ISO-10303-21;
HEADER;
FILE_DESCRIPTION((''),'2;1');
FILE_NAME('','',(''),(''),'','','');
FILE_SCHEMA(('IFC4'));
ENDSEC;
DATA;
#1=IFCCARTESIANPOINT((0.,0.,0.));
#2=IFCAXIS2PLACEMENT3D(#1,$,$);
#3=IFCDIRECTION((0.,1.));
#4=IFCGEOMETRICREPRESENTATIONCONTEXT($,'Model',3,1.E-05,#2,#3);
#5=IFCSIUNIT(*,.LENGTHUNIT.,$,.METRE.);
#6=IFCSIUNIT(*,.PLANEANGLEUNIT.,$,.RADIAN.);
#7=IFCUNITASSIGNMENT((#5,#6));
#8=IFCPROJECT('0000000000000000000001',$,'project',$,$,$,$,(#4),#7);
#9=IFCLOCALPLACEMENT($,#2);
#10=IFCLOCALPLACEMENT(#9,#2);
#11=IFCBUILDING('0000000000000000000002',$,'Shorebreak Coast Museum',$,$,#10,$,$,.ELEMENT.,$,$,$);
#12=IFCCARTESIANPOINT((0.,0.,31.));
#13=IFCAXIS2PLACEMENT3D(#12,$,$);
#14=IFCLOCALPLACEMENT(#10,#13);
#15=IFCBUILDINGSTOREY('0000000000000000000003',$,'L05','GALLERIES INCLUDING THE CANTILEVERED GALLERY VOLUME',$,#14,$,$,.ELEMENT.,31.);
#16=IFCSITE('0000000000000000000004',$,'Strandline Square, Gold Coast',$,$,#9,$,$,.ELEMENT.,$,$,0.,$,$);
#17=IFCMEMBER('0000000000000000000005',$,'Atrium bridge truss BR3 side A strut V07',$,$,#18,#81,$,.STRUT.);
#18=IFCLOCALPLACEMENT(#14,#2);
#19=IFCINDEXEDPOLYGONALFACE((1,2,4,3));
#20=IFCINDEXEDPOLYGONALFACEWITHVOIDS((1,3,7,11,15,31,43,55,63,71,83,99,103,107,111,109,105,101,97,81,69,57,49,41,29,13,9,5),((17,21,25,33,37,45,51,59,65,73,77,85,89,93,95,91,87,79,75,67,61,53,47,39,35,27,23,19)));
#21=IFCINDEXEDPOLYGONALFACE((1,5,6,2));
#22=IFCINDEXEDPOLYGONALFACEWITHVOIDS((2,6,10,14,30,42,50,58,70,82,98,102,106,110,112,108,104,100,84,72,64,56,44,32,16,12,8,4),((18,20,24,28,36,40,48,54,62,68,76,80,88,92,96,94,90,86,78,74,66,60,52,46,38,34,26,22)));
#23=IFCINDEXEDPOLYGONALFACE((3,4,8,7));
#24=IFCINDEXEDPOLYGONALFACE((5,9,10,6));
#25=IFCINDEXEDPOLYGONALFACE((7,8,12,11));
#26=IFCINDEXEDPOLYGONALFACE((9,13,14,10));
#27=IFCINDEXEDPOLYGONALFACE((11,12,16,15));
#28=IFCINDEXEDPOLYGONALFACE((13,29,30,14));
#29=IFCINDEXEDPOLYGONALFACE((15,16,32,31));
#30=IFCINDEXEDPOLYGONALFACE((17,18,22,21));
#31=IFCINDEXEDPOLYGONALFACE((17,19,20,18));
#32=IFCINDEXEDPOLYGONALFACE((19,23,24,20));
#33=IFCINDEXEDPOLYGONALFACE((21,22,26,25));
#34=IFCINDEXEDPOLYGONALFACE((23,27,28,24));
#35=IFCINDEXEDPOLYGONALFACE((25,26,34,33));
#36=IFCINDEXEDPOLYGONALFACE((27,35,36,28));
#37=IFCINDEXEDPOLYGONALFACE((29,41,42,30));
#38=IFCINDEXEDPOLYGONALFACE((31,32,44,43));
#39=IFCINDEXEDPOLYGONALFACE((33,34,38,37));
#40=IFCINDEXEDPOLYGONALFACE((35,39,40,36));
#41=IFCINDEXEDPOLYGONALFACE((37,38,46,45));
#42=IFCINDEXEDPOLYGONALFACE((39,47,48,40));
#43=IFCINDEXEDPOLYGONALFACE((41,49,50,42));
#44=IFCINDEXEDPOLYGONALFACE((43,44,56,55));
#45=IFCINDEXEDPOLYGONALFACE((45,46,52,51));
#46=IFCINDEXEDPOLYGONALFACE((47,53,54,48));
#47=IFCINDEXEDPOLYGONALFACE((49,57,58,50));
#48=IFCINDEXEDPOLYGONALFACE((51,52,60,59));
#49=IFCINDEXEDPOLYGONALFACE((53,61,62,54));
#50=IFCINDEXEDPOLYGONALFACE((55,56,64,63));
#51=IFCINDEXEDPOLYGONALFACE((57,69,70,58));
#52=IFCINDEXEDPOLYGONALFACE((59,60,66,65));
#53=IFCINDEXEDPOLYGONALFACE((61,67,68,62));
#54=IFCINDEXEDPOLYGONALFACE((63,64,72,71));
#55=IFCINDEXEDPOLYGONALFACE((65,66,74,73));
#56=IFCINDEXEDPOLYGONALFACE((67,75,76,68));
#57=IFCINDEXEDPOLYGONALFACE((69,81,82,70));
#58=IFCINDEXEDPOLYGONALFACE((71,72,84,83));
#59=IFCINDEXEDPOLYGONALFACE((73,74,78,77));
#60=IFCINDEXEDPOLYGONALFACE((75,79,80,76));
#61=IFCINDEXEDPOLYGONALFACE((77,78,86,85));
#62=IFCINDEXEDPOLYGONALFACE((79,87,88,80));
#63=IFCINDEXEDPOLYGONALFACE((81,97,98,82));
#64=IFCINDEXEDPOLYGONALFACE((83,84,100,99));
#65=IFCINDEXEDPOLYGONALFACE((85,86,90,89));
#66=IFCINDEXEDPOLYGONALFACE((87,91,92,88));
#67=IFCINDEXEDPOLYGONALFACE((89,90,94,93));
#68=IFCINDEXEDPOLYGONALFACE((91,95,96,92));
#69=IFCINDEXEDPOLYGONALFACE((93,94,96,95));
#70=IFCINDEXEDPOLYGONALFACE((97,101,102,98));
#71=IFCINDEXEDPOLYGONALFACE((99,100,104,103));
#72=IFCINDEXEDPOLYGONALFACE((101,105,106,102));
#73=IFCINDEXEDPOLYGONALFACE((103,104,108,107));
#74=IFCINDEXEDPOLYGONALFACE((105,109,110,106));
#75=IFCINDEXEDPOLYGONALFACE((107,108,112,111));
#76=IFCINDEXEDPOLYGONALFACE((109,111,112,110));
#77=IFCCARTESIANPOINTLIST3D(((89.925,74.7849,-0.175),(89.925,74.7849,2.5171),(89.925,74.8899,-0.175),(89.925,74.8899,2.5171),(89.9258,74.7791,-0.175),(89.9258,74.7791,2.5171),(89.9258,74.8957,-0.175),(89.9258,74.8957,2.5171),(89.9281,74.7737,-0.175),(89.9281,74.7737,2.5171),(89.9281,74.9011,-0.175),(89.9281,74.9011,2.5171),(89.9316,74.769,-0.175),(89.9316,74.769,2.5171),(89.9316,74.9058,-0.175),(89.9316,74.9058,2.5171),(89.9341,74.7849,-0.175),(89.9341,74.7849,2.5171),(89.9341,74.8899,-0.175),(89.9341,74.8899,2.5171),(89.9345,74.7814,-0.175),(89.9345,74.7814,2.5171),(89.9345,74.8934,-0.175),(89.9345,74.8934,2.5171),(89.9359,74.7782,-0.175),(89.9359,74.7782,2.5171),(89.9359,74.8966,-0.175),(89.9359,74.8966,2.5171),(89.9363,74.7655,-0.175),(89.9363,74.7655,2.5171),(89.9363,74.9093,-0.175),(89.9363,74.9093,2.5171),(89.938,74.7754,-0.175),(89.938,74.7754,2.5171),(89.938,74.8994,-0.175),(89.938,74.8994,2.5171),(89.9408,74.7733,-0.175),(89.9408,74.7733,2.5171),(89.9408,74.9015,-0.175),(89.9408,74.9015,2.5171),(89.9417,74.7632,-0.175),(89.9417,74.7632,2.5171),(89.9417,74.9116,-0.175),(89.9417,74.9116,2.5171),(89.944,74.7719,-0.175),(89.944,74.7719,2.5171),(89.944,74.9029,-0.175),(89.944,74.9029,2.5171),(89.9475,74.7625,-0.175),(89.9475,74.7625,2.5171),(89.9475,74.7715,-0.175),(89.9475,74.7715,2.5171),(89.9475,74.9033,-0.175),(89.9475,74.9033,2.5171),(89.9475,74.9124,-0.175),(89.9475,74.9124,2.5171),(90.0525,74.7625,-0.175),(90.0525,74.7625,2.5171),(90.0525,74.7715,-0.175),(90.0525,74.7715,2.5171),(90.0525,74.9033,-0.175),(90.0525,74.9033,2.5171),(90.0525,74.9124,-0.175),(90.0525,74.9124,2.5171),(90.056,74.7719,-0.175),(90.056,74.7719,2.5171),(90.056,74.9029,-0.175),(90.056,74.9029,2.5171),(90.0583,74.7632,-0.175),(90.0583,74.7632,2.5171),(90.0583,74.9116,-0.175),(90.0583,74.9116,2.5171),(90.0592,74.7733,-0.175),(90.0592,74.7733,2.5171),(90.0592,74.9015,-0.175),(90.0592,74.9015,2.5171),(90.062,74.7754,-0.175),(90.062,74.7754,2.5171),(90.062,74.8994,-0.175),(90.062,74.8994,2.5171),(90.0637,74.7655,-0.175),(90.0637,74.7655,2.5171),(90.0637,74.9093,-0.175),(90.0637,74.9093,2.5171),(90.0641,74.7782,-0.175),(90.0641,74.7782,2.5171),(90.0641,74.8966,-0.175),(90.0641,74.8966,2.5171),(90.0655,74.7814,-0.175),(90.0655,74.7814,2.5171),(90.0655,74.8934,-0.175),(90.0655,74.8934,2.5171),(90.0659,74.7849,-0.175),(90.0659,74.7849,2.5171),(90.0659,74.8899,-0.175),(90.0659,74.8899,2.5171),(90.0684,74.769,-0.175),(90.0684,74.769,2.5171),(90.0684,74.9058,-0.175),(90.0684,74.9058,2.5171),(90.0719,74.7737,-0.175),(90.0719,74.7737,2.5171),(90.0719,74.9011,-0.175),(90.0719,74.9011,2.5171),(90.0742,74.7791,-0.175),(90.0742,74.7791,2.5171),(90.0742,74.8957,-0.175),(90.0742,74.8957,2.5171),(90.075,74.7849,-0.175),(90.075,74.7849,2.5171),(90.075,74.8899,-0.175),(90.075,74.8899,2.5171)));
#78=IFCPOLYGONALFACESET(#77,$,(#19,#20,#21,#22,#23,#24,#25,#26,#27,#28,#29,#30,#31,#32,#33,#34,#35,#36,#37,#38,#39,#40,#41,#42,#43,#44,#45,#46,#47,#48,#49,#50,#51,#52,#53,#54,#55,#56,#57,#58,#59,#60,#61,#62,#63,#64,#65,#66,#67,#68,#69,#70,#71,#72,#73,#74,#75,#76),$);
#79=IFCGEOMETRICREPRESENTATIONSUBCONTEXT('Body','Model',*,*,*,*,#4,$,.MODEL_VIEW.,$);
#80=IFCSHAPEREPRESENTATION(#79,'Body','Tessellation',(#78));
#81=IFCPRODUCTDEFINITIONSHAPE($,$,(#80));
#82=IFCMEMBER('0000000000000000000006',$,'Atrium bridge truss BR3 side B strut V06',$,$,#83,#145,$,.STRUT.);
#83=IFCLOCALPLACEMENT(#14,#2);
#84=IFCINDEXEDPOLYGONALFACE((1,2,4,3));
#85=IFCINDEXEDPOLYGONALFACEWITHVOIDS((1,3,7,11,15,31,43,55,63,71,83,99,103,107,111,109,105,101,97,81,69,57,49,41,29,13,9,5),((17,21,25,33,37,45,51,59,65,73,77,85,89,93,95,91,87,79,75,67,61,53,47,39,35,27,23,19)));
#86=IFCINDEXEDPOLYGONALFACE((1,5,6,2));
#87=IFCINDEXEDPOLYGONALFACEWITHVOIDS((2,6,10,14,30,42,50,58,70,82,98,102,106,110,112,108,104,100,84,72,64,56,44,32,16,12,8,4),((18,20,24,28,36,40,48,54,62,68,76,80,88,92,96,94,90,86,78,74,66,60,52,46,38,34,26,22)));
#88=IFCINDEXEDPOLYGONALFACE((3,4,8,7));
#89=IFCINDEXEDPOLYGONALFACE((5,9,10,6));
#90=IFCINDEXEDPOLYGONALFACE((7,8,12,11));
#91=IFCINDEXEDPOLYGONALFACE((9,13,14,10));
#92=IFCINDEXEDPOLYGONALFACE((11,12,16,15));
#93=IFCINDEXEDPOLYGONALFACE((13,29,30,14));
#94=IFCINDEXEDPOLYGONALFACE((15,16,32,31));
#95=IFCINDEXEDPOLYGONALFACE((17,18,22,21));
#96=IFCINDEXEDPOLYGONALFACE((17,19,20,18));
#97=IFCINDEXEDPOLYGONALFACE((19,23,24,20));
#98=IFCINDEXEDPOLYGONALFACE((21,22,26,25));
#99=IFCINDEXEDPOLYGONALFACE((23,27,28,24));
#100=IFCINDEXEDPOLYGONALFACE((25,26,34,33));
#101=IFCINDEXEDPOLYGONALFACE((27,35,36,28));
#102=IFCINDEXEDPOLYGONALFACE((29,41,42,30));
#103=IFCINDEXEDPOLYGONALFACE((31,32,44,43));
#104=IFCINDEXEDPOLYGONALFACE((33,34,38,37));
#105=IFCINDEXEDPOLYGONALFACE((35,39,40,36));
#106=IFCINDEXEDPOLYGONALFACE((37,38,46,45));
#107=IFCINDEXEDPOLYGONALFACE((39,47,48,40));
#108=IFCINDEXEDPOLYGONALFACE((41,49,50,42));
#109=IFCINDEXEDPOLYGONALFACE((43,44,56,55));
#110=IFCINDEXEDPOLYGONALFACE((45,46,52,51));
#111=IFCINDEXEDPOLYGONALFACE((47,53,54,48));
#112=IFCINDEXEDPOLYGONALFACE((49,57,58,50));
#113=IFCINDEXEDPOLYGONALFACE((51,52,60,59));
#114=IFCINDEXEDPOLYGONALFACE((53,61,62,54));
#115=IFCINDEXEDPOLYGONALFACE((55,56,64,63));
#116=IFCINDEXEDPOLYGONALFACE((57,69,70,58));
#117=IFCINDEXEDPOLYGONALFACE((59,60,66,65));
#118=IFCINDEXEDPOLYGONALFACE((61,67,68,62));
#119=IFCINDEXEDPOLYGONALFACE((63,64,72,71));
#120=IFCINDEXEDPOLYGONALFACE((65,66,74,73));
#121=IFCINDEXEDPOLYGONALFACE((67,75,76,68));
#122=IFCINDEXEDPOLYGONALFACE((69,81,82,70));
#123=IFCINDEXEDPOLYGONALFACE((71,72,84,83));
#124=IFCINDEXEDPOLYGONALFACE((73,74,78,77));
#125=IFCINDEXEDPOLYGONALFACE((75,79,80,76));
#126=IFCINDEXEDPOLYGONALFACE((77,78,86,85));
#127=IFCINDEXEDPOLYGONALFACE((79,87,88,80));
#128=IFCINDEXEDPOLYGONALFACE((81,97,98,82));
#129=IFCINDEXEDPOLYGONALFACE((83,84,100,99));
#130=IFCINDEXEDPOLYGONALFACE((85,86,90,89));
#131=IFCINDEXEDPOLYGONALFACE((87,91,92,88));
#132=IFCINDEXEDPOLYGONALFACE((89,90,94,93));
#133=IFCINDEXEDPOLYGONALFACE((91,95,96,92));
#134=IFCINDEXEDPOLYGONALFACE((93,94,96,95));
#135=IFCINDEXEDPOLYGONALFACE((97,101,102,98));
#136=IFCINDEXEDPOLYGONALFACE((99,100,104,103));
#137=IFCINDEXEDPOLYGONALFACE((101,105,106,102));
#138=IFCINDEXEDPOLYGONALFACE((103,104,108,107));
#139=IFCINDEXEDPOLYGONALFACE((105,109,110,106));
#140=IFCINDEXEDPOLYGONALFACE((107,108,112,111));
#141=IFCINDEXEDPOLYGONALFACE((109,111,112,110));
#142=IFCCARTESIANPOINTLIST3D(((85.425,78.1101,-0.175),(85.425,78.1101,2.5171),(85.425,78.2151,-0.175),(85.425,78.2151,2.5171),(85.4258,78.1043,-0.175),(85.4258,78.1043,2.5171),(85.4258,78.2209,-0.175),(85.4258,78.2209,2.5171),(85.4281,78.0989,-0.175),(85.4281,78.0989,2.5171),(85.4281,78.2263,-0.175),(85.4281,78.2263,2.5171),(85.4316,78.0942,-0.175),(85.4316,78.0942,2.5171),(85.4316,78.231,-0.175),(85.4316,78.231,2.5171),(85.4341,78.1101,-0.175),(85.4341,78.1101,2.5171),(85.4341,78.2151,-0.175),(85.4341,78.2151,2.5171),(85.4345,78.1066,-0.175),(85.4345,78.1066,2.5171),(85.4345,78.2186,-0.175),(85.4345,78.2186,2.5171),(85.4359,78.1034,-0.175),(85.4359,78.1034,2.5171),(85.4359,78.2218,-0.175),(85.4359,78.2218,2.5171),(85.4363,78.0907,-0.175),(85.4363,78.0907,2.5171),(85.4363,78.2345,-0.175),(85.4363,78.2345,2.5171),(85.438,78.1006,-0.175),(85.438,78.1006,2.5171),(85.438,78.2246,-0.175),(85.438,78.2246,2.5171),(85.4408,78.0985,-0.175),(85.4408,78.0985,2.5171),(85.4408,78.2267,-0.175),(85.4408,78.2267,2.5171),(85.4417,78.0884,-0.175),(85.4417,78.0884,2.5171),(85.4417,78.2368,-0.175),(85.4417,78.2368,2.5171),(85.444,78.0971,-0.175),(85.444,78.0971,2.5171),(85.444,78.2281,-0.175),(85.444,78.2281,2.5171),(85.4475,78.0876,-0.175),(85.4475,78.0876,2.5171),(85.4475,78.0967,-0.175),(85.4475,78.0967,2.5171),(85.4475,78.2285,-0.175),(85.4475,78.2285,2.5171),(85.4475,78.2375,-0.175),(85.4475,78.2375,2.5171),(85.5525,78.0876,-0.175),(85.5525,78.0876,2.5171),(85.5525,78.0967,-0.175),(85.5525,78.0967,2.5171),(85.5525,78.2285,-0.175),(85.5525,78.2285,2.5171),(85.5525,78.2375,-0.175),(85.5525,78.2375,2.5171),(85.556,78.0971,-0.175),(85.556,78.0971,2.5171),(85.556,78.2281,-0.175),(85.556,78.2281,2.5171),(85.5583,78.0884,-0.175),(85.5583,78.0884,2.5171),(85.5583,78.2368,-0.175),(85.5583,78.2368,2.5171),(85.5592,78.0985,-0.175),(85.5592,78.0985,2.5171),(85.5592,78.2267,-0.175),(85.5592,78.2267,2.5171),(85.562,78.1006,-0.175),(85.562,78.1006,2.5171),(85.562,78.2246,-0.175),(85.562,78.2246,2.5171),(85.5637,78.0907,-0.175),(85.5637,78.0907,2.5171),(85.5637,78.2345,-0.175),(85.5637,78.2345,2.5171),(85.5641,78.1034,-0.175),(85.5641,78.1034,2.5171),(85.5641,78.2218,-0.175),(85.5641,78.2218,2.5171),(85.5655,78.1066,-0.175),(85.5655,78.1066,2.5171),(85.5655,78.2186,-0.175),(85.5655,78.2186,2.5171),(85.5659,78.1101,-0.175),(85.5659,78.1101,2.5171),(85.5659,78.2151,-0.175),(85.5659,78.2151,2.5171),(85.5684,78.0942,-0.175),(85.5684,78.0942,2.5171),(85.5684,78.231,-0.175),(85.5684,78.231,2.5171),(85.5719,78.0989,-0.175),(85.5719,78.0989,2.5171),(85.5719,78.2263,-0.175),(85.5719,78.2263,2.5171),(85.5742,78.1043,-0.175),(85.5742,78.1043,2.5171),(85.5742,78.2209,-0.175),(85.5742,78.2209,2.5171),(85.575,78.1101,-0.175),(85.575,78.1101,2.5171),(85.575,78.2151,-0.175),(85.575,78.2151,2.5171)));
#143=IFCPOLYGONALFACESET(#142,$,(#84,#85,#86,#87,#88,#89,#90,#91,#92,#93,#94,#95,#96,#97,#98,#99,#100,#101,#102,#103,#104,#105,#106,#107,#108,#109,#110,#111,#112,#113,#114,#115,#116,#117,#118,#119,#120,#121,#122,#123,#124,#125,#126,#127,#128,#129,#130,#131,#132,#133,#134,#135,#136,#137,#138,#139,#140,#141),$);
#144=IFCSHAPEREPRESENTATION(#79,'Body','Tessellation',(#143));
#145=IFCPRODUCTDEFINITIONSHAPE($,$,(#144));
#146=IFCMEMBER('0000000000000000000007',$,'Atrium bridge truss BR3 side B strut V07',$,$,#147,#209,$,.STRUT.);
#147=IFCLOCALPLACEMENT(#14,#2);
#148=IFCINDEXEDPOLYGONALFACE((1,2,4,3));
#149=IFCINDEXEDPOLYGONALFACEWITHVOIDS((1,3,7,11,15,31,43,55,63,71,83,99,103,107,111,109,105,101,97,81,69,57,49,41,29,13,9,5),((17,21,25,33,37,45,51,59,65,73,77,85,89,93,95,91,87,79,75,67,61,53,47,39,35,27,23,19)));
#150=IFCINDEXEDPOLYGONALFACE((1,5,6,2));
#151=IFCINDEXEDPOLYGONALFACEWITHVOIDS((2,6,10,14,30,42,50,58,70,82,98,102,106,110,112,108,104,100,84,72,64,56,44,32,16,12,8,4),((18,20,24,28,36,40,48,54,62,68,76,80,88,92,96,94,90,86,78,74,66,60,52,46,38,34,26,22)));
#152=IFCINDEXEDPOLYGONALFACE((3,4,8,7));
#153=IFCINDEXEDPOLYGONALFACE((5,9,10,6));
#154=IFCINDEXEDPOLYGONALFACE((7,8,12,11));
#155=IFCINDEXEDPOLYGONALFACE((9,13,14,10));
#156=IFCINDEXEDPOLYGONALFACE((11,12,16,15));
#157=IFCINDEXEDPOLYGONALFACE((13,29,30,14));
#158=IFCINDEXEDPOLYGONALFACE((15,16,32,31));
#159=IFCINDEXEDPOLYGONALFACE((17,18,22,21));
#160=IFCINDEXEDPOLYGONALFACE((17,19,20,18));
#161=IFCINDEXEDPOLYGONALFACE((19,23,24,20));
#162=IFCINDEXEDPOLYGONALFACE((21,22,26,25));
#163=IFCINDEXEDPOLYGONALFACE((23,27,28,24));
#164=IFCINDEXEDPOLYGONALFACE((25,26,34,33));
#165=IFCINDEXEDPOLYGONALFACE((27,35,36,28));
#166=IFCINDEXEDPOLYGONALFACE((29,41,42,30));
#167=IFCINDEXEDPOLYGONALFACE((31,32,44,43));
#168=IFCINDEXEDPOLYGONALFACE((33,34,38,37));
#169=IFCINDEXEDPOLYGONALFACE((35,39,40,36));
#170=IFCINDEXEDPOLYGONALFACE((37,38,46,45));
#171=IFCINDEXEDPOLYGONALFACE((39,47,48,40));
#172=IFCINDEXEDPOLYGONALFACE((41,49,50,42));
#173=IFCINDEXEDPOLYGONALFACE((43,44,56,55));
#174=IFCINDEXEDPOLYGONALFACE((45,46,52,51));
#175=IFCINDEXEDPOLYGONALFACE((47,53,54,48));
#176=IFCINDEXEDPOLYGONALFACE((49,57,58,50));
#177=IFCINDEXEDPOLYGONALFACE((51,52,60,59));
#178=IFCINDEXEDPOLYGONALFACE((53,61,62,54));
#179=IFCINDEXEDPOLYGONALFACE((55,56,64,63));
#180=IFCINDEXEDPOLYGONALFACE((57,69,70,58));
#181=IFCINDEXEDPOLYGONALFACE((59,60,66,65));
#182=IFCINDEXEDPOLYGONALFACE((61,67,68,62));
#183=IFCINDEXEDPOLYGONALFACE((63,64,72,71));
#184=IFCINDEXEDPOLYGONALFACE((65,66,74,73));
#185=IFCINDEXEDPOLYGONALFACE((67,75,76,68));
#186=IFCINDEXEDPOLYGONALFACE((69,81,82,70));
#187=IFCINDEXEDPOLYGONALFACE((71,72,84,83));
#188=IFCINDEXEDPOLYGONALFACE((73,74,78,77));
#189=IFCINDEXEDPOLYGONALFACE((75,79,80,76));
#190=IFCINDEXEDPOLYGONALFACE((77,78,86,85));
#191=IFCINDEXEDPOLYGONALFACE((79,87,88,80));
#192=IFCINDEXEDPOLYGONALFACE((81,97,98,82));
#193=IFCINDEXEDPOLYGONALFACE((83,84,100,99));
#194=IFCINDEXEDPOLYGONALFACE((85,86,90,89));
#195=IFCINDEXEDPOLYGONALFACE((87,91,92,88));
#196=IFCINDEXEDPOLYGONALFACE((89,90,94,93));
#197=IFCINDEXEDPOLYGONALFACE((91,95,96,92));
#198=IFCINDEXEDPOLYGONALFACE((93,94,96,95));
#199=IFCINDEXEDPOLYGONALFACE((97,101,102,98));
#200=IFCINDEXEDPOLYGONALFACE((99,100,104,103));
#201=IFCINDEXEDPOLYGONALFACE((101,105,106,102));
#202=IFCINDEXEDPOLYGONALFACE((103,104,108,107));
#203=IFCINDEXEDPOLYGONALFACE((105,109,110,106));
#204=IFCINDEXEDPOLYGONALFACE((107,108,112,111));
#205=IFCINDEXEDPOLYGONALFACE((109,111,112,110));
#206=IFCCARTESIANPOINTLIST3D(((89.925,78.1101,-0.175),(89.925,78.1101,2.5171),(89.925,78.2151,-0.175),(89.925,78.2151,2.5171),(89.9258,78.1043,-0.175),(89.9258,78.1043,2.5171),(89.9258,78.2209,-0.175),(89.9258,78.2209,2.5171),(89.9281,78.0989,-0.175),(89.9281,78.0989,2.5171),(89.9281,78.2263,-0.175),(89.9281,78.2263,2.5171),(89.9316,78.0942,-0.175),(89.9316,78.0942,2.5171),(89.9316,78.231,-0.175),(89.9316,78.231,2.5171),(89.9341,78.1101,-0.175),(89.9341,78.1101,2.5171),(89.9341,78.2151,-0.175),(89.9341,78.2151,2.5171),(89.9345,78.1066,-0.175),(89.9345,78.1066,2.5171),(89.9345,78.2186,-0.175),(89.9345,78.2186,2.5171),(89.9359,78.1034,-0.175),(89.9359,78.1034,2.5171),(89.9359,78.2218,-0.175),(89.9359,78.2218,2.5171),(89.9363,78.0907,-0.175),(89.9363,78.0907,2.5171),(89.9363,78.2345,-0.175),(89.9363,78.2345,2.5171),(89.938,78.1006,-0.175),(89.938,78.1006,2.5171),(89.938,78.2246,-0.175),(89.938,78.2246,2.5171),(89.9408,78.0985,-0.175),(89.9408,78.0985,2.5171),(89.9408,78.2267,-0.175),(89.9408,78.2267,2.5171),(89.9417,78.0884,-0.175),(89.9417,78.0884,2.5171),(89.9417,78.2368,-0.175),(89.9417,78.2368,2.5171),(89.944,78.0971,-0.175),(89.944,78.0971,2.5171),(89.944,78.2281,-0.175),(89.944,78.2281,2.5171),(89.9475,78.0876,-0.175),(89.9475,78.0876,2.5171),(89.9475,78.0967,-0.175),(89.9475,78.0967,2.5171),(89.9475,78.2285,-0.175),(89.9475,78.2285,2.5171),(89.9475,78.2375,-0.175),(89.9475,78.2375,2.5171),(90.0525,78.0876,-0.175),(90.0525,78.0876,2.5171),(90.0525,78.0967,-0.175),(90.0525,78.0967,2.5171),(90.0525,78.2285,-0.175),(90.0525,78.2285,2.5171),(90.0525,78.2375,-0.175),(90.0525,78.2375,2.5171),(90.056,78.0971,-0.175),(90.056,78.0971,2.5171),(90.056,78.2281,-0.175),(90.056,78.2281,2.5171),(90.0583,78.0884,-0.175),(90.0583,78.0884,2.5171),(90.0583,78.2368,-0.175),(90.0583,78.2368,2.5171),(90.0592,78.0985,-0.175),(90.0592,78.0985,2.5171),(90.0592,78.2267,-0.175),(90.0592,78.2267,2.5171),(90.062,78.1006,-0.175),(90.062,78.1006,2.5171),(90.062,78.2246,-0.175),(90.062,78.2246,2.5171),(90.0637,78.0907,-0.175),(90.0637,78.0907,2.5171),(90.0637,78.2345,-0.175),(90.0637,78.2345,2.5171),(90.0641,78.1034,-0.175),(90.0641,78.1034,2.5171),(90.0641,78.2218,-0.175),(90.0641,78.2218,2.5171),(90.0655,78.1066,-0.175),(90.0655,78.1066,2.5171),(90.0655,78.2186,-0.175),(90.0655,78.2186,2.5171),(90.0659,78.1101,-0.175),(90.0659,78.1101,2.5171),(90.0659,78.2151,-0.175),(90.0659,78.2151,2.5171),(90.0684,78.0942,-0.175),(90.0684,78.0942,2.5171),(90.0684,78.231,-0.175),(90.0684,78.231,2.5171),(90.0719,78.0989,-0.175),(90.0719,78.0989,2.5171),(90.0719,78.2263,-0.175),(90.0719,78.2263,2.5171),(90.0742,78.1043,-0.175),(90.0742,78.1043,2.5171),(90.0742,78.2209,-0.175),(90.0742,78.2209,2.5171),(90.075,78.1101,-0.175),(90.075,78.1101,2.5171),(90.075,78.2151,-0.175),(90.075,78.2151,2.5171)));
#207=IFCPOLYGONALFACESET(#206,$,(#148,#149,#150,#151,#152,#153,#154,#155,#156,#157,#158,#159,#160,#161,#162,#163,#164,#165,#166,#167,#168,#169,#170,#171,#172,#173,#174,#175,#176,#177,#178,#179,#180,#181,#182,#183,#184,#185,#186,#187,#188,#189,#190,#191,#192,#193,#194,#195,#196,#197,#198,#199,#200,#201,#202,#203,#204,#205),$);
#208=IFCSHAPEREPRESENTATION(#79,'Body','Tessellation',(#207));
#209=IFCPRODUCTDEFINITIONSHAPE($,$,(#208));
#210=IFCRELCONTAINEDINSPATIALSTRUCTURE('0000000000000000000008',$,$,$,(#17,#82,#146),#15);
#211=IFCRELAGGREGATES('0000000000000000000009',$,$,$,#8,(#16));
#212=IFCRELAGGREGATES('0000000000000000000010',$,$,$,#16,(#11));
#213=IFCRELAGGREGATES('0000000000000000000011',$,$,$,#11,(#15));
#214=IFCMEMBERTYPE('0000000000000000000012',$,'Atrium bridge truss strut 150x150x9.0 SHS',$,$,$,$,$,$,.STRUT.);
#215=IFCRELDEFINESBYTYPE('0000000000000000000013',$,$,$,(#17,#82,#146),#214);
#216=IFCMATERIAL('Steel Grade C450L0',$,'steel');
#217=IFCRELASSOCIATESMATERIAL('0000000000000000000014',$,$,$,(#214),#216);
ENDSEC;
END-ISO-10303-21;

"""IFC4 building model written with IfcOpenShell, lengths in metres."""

from ifc_helpers import new_model, si_unit, direction, frame, origin, origin_2d, place, context, subcontext, project, spatial, hollow_rectangle, extrude, material, material_profile, profile_set, type_object, element, save


model = new_model("IFC4")

# Units and contexts
model_context = context("Model", 3, precision=1e-05, world=origin(), true_north=direction((0.0, 1.0)))
body_context = subcontext(model_context, "Body", "Model", "MODEL_VIEW")
ifc_project = project(units=[si_unit("LENGTHUNIT", "METRE"), si_unit("PLANEANGLEUNIT", "RADIAN")], contexts=[model_context])

# Site, building, storey
site_placement = place(None, origin())
site = spatial("IfcSite", under=ifc_project, at=site_placement, Name="Strandline Square, Gold Coast", CompositionType="ELEMENT", RefElevation=0.0)
building_placement = place(site_placement, origin())
building = spatial("IfcBuilding", under=site, at=building_placement, Name="Shorebreak Coast Museum", CompositionType="ELEMENT")
storey_placement = place(building_placement, frame((0.0, 0.0, 31.0)))
storey = spatial("IfcBuildingStorey", under=building, at=storey_placement, Name="L05", Description="GALLERIES INCLUDING THE CANTILEVERED GALLERY VOLUME", CompositionType="ELEMENT", Elevation=31.0)

# Members
ifc_material_1 = material(Name="Steel Grade C450L0", Category="steel")
ifc_material_profile_1 = material_profile(ifc_material_1, hollow_rectangle(XDim=0.1499, YDim=0.1499, WallThickness=0.009, InnerFilletRadius=0.0134, OuterFilletRadius=0.0225, at=origin_2d()), Name="150x150x9.0 SHS")
ifc_profile_set_1 = profile_set([ifc_material_profile_1], Name="Steel Grade C450L0")
member_type_1 = type_object("IfcMemberType", Name="Atrium bridge truss strut 150x150x9.0 SHS", PredefinedType="STRUT", material=ifc_profile_set_1)
for number, where, z_axis, x_axis, name in (
    (1, (90.0, 74.8374, -0.175), (0.0, 0.0, 1.0), (1.0, 0.0, 0.0), "Atrium bridge truss BR3 side A strut V07"),
    (2, (85.5, 78.1626, -0.175), (0.0, 0.0, 1.0), (1.0, 0.0, 0.0), "Atrium bridge truss BR3 side B strut V06"),
    (3, (90.0, 78.1626, -0.175), (0.0, 0.0, 1.0), (1.0, 0.0, 0.0), "Atrium bridge truss BR3 side B strut V07"),
):
    element("IfcMember", number, at=place(storey_placement, frame(where, z_axis=z_axis, x_axis=x_axis)), inside=storey, type_object=member_type_1, Name=name, PredefinedType="STRUT", context=body_context, shape_type="SweptSolid", body=[
        extrude(hollow_rectangle(XDim=0.1499, YDim=0.1499, WallThickness=0.009, InnerFilletRadius=0.0134, OuterFilletRadius=0.0225, at=origin_2d()), origin(), (0.0, 0.0, 1.0), 2.6921),
    ])

save(model, "model.ifc")
